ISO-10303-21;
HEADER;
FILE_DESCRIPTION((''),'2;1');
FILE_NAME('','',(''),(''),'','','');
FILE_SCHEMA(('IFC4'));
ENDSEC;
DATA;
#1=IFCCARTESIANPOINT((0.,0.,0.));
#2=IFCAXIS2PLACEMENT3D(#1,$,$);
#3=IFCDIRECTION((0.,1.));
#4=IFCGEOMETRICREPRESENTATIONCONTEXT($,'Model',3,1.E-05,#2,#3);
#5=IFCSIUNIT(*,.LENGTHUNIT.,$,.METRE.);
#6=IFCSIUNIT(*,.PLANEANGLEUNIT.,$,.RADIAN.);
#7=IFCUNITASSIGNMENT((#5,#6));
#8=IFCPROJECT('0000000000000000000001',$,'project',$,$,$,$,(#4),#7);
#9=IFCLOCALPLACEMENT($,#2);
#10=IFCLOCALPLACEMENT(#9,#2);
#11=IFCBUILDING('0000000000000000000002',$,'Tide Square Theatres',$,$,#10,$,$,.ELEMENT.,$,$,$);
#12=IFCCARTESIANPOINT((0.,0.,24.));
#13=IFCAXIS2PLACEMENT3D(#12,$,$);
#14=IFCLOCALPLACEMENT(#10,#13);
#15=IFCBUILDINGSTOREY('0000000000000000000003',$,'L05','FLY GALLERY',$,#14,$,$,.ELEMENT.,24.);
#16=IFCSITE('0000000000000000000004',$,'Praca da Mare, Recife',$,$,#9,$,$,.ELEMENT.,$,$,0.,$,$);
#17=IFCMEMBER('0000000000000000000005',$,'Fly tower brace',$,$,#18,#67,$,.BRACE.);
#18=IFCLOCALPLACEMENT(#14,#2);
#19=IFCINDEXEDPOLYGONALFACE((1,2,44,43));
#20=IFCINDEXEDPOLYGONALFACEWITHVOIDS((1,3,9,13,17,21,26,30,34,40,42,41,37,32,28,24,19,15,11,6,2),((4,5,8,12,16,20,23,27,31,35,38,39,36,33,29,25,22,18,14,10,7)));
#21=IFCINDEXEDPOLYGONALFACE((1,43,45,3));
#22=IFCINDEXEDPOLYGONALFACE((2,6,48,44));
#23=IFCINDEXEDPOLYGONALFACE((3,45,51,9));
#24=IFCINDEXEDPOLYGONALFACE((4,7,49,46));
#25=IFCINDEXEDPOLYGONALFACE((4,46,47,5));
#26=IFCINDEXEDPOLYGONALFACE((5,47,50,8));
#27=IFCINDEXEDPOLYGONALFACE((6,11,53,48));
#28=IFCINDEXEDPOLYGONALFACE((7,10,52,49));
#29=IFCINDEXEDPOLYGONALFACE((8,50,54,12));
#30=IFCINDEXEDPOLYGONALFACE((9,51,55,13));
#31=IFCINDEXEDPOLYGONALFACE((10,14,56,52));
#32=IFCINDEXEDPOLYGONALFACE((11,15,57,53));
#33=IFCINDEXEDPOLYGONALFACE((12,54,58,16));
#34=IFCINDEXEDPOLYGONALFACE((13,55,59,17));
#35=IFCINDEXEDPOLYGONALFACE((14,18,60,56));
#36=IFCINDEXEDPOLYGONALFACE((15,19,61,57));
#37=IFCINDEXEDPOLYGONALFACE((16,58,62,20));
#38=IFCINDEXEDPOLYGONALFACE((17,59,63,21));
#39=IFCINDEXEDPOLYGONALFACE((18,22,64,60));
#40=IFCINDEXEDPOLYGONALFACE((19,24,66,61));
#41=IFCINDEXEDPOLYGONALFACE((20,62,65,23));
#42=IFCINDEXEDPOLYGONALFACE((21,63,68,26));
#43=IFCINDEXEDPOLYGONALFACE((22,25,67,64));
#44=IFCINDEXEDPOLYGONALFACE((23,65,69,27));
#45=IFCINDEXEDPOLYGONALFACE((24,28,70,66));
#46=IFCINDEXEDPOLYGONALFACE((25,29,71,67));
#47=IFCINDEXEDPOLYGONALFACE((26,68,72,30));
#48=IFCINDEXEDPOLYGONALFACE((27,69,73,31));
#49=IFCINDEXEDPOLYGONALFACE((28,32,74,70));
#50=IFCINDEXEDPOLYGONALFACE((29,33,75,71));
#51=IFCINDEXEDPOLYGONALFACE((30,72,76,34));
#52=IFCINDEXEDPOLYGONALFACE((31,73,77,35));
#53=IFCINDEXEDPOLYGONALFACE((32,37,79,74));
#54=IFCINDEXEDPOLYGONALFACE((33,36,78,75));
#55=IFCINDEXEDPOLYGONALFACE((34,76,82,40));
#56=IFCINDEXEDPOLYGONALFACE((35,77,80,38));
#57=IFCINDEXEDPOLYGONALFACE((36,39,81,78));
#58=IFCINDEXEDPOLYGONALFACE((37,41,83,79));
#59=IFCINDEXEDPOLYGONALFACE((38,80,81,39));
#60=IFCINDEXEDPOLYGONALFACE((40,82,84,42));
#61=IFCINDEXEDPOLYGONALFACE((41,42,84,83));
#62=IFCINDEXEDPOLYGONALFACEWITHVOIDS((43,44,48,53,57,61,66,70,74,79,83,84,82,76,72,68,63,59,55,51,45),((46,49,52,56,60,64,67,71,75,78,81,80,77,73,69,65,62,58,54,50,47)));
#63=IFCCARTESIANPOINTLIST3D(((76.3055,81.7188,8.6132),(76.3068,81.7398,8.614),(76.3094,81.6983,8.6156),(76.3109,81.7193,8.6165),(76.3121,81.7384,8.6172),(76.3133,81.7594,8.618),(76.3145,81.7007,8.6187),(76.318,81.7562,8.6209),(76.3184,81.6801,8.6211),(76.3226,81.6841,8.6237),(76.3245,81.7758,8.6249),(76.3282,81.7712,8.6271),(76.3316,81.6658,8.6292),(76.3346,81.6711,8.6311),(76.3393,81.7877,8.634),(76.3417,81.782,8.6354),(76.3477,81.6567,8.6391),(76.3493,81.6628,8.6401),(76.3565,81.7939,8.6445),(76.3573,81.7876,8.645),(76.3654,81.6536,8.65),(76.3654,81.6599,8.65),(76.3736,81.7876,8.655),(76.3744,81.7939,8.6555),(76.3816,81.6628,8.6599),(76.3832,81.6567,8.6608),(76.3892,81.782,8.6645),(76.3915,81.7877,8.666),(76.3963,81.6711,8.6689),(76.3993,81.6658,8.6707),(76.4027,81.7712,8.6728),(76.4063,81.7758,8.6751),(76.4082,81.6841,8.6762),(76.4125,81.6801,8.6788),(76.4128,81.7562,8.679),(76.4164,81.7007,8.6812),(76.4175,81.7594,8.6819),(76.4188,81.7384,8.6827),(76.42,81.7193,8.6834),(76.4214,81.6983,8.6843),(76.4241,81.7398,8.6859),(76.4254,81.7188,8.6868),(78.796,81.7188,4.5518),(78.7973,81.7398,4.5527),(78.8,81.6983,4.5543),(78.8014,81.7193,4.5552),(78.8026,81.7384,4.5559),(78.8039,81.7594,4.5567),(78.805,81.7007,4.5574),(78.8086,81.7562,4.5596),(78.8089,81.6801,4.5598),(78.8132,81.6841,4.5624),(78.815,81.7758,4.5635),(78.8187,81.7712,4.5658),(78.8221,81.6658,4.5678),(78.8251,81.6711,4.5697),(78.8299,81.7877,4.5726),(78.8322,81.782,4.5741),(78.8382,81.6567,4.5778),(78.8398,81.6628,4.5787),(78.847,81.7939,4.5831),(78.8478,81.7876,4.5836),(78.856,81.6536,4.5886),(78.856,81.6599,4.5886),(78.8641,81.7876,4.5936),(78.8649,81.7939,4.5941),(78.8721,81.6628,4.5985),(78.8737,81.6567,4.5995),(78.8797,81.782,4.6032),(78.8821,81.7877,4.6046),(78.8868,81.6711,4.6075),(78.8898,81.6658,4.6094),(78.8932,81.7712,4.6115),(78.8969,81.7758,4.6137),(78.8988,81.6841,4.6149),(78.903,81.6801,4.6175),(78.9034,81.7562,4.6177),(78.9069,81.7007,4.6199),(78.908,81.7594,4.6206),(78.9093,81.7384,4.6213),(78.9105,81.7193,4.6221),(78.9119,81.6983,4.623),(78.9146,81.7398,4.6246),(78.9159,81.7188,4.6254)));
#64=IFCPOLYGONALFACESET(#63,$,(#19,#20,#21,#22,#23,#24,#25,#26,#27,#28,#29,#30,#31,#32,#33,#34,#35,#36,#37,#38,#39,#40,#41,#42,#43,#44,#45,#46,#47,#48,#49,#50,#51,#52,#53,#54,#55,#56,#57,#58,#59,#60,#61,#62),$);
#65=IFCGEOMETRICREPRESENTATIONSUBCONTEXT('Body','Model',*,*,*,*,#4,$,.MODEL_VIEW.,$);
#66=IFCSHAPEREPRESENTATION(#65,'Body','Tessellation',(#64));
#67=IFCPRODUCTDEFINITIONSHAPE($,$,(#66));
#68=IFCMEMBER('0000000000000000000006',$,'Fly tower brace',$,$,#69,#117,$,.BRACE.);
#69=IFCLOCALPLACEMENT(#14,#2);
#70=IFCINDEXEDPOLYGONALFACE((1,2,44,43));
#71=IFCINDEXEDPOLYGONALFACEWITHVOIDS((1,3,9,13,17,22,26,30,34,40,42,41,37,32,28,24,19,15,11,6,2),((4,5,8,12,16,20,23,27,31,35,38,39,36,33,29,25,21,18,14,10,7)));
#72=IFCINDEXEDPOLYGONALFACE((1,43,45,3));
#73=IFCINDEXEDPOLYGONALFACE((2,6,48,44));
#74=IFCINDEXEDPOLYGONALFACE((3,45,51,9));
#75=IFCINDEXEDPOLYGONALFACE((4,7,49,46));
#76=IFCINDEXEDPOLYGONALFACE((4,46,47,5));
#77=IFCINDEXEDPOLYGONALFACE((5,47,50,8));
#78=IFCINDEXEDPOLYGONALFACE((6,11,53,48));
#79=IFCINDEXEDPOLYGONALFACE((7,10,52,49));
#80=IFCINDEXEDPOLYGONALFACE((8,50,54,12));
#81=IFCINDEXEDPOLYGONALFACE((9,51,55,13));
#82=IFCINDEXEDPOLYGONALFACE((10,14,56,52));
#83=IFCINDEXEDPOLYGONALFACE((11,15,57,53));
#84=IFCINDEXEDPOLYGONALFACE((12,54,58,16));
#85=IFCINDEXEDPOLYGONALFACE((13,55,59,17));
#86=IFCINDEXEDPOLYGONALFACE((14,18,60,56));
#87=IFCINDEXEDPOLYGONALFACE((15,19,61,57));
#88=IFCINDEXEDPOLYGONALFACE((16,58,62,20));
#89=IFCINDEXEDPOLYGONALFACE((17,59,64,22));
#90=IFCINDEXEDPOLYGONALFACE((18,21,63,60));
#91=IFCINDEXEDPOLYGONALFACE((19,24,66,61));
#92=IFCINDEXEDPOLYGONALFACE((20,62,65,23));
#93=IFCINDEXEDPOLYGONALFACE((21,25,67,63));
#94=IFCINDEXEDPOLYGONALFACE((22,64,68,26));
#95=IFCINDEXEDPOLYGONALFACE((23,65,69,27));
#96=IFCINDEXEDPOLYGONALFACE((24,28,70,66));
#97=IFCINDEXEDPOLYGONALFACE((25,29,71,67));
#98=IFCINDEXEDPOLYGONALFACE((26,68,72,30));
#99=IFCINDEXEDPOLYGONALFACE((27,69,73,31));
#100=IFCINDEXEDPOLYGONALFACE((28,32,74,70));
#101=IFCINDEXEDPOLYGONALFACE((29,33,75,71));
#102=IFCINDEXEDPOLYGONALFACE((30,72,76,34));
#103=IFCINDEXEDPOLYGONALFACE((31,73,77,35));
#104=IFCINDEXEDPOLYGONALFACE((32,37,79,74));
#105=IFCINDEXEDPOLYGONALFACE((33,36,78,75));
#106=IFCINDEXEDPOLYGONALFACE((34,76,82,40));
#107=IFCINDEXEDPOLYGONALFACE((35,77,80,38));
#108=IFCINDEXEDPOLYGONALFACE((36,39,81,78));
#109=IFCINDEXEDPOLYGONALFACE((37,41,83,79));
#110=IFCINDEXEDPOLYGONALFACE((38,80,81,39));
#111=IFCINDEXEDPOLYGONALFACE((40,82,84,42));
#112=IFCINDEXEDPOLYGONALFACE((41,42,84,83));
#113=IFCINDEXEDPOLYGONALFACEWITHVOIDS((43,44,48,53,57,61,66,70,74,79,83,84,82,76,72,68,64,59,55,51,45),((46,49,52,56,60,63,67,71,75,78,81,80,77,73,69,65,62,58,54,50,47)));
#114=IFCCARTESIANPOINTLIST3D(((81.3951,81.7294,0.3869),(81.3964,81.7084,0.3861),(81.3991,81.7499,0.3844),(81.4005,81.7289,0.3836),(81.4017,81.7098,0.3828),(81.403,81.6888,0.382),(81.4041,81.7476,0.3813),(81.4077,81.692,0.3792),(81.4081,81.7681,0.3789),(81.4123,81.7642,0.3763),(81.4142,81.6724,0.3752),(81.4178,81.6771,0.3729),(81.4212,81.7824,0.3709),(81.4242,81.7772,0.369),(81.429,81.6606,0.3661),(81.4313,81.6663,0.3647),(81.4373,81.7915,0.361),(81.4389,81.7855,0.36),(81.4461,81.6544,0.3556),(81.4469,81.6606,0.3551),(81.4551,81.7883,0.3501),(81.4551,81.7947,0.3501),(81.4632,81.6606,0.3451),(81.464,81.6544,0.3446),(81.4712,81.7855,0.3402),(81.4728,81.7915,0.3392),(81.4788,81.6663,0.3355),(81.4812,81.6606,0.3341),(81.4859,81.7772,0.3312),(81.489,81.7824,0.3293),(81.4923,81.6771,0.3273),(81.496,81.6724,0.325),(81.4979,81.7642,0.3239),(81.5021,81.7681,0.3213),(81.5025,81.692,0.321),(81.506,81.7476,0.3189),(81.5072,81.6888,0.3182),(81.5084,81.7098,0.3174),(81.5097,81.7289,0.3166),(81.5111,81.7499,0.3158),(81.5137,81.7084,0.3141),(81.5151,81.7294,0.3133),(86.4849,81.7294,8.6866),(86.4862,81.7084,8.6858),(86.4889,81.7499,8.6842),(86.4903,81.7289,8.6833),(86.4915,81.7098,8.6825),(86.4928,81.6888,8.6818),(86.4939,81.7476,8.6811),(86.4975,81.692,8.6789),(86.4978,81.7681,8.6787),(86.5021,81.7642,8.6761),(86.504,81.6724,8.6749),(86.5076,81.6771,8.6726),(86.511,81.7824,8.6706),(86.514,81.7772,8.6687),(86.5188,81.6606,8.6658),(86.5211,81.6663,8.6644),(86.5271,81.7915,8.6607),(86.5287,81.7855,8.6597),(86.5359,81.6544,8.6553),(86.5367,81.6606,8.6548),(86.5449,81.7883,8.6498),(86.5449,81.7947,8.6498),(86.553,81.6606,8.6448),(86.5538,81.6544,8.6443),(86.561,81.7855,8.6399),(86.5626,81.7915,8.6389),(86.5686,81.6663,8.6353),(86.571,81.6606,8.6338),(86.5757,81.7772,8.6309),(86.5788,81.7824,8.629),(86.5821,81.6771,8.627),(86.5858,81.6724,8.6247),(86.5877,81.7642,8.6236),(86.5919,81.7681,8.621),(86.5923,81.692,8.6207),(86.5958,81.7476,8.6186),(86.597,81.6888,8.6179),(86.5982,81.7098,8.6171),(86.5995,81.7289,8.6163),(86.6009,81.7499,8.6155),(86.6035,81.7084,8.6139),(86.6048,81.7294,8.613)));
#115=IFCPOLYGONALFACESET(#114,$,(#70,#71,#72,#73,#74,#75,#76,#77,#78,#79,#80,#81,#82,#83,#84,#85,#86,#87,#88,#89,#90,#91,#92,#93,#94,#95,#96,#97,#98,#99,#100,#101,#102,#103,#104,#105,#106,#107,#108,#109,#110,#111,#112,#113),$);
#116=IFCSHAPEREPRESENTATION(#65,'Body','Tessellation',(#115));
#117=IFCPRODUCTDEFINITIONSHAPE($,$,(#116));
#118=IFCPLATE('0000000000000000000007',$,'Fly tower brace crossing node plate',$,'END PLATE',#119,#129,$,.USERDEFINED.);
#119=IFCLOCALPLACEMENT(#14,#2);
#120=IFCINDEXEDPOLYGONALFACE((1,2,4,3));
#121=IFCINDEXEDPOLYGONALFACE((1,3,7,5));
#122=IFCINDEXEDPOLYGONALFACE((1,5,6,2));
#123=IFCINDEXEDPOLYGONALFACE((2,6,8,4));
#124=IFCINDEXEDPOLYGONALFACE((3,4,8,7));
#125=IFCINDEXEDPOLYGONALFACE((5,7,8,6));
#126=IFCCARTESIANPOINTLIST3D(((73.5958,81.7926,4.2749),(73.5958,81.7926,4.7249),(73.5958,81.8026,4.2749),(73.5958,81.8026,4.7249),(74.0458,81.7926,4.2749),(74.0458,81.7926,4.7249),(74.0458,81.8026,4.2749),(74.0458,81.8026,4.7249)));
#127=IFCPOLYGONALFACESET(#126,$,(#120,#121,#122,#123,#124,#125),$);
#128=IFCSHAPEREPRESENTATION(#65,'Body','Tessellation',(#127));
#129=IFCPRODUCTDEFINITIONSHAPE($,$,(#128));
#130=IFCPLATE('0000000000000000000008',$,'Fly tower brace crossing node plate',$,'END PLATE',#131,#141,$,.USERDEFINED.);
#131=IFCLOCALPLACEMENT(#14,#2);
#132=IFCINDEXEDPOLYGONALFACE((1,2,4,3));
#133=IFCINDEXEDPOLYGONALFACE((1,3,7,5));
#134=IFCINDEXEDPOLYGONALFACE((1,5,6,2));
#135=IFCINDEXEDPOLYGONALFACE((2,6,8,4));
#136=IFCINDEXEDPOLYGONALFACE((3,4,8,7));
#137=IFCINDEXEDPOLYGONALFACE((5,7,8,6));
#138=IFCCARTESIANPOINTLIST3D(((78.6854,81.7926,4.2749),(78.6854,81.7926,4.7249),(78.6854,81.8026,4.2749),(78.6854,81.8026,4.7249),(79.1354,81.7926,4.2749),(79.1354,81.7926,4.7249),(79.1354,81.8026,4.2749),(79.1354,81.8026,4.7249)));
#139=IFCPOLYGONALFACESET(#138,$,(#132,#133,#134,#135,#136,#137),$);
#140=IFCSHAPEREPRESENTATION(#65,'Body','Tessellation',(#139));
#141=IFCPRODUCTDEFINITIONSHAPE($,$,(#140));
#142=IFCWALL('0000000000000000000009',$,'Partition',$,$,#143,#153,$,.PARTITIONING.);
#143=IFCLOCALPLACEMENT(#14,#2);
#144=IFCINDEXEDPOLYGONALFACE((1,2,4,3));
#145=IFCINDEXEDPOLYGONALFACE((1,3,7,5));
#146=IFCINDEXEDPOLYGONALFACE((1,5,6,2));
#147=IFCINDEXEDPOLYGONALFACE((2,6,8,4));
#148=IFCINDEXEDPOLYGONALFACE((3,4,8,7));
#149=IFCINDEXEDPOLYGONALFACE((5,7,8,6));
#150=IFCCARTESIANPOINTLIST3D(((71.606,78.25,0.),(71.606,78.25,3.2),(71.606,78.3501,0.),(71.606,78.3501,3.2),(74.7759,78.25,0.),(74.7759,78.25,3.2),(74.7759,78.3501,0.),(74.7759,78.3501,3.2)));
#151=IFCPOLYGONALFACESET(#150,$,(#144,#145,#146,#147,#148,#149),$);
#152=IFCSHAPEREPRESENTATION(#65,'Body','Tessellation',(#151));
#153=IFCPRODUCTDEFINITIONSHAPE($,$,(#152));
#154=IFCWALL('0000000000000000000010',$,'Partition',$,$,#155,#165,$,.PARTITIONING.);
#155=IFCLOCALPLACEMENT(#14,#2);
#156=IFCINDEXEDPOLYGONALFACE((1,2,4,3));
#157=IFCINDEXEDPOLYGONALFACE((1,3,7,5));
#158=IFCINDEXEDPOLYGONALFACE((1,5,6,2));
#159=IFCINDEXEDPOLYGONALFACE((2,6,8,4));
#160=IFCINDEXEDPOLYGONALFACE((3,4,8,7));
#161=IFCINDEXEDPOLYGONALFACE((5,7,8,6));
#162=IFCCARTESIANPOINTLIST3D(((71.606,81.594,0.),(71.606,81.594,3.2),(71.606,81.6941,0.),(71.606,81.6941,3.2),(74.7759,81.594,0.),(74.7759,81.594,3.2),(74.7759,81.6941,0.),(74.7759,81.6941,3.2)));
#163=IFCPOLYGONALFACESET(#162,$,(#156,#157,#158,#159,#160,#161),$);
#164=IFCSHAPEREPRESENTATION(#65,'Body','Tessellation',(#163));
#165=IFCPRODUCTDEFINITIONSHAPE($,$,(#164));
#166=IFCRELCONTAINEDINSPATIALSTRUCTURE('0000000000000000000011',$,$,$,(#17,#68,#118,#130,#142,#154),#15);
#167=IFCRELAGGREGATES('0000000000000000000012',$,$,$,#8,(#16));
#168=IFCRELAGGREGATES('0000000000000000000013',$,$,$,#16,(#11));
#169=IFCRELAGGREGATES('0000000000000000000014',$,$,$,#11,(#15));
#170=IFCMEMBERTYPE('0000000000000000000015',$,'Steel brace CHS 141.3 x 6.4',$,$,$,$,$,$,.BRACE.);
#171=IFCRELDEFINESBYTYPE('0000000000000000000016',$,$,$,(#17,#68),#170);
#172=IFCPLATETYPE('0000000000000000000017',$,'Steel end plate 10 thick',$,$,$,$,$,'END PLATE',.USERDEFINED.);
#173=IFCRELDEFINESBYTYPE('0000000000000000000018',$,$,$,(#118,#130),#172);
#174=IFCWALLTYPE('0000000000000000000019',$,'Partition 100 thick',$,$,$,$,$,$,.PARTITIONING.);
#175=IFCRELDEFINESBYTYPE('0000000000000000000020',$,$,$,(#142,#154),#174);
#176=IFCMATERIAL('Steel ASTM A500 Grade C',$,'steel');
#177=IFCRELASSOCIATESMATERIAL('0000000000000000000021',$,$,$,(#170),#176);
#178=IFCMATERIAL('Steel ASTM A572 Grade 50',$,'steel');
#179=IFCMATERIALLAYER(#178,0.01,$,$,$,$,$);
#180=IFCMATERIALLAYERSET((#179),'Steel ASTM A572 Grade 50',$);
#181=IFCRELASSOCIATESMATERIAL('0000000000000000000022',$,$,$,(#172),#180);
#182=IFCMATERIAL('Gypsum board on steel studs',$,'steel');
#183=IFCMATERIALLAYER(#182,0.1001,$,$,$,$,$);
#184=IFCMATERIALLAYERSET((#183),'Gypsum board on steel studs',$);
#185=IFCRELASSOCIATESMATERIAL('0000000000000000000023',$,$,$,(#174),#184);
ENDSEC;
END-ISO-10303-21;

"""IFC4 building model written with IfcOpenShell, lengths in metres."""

from ifc_helpers import new_model, si_unit, direction, frame, frame_2d, origin, origin_2d, place, context, subcontext, project, spatial, rectangle, hollow_circle, extrude, material, layer, layer_set, material_profile, profile_set, type_object, element, save


model = new_model("IFC4")

# Units and contexts
model_context = context("Model", 3, precision=1e-05, world=origin(), true_north=direction((0.0, 1.0)))
body_context = subcontext(model_context, "Body", "Model", "MODEL_VIEW")
ifc_project = project(units=[si_unit("LENGTHUNIT", "METRE"), si_unit("PLANEANGLEUNIT", "RADIAN")], contexts=[model_context])

# Site, building, storey
site_placement = place(None, origin())
site = spatial("IfcSite", under=ifc_project, at=site_placement, Name="Praca da Mare, Recife", CompositionType="ELEMENT", RefElevation=0.0)
building_placement = place(site_placement, origin())
building = spatial("IfcBuilding", under=site, at=building_placement, Name="Tide Square Theatres", CompositionType="ELEMENT")
storey_placement = place(building_placement, frame((0.0, 0.0, 24.0)))
storey = spatial("IfcBuildingStorey", under=building, at=storey_placement, Name="L05", Description="FLY GALLERY", CompositionType="ELEMENT", Elevation=24.0)

# Members
ifc_material_1 = material(Name="Steel ASTM A500 Grade C", Category="steel")
ifc_material_profile_1 = material_profile(ifc_material_1, hollow_circle(Radius=0.0706, WallThickness=0.0063, at=origin_2d()))
ifc_profile_set_1 = profile_set([ifc_material_profile_1], Name="Steel ASTM A500 Grade C")
member_type = type_object("IfcMemberType", Name="Steel brace CHS 141.3 x 6.4", PredefinedType="BRACE", material=ifc_profile_set_1)
member_1_placement = place(storey_placement, frame((78.856, 81.7241, 4.5886), z_axis=(-0.522762, 0.0, 0.852479), x_axis=(0.0, -1.0, 0.0)))
element("IfcMember", 1, at=member_1_placement, inside=storey, type_object=member_type, Name="Fly tower brace", PredefinedType="BRACE", context=body_context, shape_type="SweptSolid", body=[
    extrude(hollow_circle(Radius=0.0706, WallThickness=0.0063, at=origin_2d()), origin(), (0.0, 0.0, 1.0), 4.7642),
])
member_2_placement = place(storey_placement, frame((81.4551, 81.7241, 0.3501), z_axis=(0.522776, 0.0, 0.85247), x_axis=(0.0, 1.0, 0.0)))
element("IfcMember", 2, at=member_2_placement, inside=storey, type_object=member_type, Name="Fly tower brace", PredefinedType="BRACE", context=body_context, shape_type="SweptSolid", body=[
    extrude(hollow_circle(Radius=0.0706, WallThickness=0.0063, at=origin_2d()), origin(), (0.0, 0.0, 1.0), 9.7361),
])

# Plates
ifc_material_2 = material(Name="Steel ASTM A572 Grade 50", Category="steel")
ifc_layer_1 = layer(ifc_material_2, 0.01)
ifc_layer_set_1 = layer_set([ifc_layer_1], Name="Steel ASTM A572 Grade 50")
plate_type = type_object("IfcPlateType", Name="Steel end plate 10 thick", ElementType="END PLATE", PredefinedType="USERDEFINED", material=ifc_layer_set_1)
for number, where, z_axis, x_axis, name in (
    (3, (73.8208, 81.7976, 4.2749), (0.0, 0.0, 1.0), (0.0, 1.0, 0.0), "Fly tower brace crossing node plate"),
    (4, (78.9104, 81.7976, 4.2749), (0.0, 0.0, 1.0), (0.0, 1.0, 0.0), "Fly tower brace crossing node plate"),
):
    element("IfcPlate", number, at=place(storey_placement, frame(where, z_axis=z_axis, x_axis=x_axis)), inside=storey, type_object=plate_type, Name=name, ObjectType="END PLATE", PredefinedType="USERDEFINED", context=body_context, shape_type="SweptSolid", body=[
        extrude(rectangle(XDim=0.01, YDim=0.45, at=origin_2d()), origin(), (0.0, 0.0, 1.0), 0.45),
    ])

# Walls
ifc_material_3 = material(Name="Gypsum board on steel studs", Category="steel")
ifc_layer_2 = layer(ifc_material_3, 0.1001)
ifc_layer_set_2 = layer_set([ifc_layer_2], Name="Gypsum board on steel studs")
wall_type = type_object("IfcWallType", Name="Partition 100 thick", PredefinedType="PARTITIONING", material=ifc_layer_set_2)
for number, where, z_axis, x_axis, name in (
    (5, (71.606, 78.3, 0.0), (0.0, 0.0, 1.0), (1.0, 0.0, 0.0), "Partition"),
    (6, (71.606, 81.644, 0.0), (0.0, 0.0, 1.0), (1.0, 0.0, 0.0), "Partition"),
):
    element("IfcWall", number, at=place(storey_placement, frame(where, z_axis=z_axis, x_axis=x_axis)), inside=storey, type_object=wall_type, Name=name, PredefinedType="PARTITIONING", context=body_context, shape_type="SweptSolid", body=[
        extrude(rectangle(XDim=3.1699, YDim=0.1001, at=frame_2d((1.585, 0.0))), origin(), (0.0, 0.0, 1.0), 3.2),
    ])

save(model, "model.ifc")
